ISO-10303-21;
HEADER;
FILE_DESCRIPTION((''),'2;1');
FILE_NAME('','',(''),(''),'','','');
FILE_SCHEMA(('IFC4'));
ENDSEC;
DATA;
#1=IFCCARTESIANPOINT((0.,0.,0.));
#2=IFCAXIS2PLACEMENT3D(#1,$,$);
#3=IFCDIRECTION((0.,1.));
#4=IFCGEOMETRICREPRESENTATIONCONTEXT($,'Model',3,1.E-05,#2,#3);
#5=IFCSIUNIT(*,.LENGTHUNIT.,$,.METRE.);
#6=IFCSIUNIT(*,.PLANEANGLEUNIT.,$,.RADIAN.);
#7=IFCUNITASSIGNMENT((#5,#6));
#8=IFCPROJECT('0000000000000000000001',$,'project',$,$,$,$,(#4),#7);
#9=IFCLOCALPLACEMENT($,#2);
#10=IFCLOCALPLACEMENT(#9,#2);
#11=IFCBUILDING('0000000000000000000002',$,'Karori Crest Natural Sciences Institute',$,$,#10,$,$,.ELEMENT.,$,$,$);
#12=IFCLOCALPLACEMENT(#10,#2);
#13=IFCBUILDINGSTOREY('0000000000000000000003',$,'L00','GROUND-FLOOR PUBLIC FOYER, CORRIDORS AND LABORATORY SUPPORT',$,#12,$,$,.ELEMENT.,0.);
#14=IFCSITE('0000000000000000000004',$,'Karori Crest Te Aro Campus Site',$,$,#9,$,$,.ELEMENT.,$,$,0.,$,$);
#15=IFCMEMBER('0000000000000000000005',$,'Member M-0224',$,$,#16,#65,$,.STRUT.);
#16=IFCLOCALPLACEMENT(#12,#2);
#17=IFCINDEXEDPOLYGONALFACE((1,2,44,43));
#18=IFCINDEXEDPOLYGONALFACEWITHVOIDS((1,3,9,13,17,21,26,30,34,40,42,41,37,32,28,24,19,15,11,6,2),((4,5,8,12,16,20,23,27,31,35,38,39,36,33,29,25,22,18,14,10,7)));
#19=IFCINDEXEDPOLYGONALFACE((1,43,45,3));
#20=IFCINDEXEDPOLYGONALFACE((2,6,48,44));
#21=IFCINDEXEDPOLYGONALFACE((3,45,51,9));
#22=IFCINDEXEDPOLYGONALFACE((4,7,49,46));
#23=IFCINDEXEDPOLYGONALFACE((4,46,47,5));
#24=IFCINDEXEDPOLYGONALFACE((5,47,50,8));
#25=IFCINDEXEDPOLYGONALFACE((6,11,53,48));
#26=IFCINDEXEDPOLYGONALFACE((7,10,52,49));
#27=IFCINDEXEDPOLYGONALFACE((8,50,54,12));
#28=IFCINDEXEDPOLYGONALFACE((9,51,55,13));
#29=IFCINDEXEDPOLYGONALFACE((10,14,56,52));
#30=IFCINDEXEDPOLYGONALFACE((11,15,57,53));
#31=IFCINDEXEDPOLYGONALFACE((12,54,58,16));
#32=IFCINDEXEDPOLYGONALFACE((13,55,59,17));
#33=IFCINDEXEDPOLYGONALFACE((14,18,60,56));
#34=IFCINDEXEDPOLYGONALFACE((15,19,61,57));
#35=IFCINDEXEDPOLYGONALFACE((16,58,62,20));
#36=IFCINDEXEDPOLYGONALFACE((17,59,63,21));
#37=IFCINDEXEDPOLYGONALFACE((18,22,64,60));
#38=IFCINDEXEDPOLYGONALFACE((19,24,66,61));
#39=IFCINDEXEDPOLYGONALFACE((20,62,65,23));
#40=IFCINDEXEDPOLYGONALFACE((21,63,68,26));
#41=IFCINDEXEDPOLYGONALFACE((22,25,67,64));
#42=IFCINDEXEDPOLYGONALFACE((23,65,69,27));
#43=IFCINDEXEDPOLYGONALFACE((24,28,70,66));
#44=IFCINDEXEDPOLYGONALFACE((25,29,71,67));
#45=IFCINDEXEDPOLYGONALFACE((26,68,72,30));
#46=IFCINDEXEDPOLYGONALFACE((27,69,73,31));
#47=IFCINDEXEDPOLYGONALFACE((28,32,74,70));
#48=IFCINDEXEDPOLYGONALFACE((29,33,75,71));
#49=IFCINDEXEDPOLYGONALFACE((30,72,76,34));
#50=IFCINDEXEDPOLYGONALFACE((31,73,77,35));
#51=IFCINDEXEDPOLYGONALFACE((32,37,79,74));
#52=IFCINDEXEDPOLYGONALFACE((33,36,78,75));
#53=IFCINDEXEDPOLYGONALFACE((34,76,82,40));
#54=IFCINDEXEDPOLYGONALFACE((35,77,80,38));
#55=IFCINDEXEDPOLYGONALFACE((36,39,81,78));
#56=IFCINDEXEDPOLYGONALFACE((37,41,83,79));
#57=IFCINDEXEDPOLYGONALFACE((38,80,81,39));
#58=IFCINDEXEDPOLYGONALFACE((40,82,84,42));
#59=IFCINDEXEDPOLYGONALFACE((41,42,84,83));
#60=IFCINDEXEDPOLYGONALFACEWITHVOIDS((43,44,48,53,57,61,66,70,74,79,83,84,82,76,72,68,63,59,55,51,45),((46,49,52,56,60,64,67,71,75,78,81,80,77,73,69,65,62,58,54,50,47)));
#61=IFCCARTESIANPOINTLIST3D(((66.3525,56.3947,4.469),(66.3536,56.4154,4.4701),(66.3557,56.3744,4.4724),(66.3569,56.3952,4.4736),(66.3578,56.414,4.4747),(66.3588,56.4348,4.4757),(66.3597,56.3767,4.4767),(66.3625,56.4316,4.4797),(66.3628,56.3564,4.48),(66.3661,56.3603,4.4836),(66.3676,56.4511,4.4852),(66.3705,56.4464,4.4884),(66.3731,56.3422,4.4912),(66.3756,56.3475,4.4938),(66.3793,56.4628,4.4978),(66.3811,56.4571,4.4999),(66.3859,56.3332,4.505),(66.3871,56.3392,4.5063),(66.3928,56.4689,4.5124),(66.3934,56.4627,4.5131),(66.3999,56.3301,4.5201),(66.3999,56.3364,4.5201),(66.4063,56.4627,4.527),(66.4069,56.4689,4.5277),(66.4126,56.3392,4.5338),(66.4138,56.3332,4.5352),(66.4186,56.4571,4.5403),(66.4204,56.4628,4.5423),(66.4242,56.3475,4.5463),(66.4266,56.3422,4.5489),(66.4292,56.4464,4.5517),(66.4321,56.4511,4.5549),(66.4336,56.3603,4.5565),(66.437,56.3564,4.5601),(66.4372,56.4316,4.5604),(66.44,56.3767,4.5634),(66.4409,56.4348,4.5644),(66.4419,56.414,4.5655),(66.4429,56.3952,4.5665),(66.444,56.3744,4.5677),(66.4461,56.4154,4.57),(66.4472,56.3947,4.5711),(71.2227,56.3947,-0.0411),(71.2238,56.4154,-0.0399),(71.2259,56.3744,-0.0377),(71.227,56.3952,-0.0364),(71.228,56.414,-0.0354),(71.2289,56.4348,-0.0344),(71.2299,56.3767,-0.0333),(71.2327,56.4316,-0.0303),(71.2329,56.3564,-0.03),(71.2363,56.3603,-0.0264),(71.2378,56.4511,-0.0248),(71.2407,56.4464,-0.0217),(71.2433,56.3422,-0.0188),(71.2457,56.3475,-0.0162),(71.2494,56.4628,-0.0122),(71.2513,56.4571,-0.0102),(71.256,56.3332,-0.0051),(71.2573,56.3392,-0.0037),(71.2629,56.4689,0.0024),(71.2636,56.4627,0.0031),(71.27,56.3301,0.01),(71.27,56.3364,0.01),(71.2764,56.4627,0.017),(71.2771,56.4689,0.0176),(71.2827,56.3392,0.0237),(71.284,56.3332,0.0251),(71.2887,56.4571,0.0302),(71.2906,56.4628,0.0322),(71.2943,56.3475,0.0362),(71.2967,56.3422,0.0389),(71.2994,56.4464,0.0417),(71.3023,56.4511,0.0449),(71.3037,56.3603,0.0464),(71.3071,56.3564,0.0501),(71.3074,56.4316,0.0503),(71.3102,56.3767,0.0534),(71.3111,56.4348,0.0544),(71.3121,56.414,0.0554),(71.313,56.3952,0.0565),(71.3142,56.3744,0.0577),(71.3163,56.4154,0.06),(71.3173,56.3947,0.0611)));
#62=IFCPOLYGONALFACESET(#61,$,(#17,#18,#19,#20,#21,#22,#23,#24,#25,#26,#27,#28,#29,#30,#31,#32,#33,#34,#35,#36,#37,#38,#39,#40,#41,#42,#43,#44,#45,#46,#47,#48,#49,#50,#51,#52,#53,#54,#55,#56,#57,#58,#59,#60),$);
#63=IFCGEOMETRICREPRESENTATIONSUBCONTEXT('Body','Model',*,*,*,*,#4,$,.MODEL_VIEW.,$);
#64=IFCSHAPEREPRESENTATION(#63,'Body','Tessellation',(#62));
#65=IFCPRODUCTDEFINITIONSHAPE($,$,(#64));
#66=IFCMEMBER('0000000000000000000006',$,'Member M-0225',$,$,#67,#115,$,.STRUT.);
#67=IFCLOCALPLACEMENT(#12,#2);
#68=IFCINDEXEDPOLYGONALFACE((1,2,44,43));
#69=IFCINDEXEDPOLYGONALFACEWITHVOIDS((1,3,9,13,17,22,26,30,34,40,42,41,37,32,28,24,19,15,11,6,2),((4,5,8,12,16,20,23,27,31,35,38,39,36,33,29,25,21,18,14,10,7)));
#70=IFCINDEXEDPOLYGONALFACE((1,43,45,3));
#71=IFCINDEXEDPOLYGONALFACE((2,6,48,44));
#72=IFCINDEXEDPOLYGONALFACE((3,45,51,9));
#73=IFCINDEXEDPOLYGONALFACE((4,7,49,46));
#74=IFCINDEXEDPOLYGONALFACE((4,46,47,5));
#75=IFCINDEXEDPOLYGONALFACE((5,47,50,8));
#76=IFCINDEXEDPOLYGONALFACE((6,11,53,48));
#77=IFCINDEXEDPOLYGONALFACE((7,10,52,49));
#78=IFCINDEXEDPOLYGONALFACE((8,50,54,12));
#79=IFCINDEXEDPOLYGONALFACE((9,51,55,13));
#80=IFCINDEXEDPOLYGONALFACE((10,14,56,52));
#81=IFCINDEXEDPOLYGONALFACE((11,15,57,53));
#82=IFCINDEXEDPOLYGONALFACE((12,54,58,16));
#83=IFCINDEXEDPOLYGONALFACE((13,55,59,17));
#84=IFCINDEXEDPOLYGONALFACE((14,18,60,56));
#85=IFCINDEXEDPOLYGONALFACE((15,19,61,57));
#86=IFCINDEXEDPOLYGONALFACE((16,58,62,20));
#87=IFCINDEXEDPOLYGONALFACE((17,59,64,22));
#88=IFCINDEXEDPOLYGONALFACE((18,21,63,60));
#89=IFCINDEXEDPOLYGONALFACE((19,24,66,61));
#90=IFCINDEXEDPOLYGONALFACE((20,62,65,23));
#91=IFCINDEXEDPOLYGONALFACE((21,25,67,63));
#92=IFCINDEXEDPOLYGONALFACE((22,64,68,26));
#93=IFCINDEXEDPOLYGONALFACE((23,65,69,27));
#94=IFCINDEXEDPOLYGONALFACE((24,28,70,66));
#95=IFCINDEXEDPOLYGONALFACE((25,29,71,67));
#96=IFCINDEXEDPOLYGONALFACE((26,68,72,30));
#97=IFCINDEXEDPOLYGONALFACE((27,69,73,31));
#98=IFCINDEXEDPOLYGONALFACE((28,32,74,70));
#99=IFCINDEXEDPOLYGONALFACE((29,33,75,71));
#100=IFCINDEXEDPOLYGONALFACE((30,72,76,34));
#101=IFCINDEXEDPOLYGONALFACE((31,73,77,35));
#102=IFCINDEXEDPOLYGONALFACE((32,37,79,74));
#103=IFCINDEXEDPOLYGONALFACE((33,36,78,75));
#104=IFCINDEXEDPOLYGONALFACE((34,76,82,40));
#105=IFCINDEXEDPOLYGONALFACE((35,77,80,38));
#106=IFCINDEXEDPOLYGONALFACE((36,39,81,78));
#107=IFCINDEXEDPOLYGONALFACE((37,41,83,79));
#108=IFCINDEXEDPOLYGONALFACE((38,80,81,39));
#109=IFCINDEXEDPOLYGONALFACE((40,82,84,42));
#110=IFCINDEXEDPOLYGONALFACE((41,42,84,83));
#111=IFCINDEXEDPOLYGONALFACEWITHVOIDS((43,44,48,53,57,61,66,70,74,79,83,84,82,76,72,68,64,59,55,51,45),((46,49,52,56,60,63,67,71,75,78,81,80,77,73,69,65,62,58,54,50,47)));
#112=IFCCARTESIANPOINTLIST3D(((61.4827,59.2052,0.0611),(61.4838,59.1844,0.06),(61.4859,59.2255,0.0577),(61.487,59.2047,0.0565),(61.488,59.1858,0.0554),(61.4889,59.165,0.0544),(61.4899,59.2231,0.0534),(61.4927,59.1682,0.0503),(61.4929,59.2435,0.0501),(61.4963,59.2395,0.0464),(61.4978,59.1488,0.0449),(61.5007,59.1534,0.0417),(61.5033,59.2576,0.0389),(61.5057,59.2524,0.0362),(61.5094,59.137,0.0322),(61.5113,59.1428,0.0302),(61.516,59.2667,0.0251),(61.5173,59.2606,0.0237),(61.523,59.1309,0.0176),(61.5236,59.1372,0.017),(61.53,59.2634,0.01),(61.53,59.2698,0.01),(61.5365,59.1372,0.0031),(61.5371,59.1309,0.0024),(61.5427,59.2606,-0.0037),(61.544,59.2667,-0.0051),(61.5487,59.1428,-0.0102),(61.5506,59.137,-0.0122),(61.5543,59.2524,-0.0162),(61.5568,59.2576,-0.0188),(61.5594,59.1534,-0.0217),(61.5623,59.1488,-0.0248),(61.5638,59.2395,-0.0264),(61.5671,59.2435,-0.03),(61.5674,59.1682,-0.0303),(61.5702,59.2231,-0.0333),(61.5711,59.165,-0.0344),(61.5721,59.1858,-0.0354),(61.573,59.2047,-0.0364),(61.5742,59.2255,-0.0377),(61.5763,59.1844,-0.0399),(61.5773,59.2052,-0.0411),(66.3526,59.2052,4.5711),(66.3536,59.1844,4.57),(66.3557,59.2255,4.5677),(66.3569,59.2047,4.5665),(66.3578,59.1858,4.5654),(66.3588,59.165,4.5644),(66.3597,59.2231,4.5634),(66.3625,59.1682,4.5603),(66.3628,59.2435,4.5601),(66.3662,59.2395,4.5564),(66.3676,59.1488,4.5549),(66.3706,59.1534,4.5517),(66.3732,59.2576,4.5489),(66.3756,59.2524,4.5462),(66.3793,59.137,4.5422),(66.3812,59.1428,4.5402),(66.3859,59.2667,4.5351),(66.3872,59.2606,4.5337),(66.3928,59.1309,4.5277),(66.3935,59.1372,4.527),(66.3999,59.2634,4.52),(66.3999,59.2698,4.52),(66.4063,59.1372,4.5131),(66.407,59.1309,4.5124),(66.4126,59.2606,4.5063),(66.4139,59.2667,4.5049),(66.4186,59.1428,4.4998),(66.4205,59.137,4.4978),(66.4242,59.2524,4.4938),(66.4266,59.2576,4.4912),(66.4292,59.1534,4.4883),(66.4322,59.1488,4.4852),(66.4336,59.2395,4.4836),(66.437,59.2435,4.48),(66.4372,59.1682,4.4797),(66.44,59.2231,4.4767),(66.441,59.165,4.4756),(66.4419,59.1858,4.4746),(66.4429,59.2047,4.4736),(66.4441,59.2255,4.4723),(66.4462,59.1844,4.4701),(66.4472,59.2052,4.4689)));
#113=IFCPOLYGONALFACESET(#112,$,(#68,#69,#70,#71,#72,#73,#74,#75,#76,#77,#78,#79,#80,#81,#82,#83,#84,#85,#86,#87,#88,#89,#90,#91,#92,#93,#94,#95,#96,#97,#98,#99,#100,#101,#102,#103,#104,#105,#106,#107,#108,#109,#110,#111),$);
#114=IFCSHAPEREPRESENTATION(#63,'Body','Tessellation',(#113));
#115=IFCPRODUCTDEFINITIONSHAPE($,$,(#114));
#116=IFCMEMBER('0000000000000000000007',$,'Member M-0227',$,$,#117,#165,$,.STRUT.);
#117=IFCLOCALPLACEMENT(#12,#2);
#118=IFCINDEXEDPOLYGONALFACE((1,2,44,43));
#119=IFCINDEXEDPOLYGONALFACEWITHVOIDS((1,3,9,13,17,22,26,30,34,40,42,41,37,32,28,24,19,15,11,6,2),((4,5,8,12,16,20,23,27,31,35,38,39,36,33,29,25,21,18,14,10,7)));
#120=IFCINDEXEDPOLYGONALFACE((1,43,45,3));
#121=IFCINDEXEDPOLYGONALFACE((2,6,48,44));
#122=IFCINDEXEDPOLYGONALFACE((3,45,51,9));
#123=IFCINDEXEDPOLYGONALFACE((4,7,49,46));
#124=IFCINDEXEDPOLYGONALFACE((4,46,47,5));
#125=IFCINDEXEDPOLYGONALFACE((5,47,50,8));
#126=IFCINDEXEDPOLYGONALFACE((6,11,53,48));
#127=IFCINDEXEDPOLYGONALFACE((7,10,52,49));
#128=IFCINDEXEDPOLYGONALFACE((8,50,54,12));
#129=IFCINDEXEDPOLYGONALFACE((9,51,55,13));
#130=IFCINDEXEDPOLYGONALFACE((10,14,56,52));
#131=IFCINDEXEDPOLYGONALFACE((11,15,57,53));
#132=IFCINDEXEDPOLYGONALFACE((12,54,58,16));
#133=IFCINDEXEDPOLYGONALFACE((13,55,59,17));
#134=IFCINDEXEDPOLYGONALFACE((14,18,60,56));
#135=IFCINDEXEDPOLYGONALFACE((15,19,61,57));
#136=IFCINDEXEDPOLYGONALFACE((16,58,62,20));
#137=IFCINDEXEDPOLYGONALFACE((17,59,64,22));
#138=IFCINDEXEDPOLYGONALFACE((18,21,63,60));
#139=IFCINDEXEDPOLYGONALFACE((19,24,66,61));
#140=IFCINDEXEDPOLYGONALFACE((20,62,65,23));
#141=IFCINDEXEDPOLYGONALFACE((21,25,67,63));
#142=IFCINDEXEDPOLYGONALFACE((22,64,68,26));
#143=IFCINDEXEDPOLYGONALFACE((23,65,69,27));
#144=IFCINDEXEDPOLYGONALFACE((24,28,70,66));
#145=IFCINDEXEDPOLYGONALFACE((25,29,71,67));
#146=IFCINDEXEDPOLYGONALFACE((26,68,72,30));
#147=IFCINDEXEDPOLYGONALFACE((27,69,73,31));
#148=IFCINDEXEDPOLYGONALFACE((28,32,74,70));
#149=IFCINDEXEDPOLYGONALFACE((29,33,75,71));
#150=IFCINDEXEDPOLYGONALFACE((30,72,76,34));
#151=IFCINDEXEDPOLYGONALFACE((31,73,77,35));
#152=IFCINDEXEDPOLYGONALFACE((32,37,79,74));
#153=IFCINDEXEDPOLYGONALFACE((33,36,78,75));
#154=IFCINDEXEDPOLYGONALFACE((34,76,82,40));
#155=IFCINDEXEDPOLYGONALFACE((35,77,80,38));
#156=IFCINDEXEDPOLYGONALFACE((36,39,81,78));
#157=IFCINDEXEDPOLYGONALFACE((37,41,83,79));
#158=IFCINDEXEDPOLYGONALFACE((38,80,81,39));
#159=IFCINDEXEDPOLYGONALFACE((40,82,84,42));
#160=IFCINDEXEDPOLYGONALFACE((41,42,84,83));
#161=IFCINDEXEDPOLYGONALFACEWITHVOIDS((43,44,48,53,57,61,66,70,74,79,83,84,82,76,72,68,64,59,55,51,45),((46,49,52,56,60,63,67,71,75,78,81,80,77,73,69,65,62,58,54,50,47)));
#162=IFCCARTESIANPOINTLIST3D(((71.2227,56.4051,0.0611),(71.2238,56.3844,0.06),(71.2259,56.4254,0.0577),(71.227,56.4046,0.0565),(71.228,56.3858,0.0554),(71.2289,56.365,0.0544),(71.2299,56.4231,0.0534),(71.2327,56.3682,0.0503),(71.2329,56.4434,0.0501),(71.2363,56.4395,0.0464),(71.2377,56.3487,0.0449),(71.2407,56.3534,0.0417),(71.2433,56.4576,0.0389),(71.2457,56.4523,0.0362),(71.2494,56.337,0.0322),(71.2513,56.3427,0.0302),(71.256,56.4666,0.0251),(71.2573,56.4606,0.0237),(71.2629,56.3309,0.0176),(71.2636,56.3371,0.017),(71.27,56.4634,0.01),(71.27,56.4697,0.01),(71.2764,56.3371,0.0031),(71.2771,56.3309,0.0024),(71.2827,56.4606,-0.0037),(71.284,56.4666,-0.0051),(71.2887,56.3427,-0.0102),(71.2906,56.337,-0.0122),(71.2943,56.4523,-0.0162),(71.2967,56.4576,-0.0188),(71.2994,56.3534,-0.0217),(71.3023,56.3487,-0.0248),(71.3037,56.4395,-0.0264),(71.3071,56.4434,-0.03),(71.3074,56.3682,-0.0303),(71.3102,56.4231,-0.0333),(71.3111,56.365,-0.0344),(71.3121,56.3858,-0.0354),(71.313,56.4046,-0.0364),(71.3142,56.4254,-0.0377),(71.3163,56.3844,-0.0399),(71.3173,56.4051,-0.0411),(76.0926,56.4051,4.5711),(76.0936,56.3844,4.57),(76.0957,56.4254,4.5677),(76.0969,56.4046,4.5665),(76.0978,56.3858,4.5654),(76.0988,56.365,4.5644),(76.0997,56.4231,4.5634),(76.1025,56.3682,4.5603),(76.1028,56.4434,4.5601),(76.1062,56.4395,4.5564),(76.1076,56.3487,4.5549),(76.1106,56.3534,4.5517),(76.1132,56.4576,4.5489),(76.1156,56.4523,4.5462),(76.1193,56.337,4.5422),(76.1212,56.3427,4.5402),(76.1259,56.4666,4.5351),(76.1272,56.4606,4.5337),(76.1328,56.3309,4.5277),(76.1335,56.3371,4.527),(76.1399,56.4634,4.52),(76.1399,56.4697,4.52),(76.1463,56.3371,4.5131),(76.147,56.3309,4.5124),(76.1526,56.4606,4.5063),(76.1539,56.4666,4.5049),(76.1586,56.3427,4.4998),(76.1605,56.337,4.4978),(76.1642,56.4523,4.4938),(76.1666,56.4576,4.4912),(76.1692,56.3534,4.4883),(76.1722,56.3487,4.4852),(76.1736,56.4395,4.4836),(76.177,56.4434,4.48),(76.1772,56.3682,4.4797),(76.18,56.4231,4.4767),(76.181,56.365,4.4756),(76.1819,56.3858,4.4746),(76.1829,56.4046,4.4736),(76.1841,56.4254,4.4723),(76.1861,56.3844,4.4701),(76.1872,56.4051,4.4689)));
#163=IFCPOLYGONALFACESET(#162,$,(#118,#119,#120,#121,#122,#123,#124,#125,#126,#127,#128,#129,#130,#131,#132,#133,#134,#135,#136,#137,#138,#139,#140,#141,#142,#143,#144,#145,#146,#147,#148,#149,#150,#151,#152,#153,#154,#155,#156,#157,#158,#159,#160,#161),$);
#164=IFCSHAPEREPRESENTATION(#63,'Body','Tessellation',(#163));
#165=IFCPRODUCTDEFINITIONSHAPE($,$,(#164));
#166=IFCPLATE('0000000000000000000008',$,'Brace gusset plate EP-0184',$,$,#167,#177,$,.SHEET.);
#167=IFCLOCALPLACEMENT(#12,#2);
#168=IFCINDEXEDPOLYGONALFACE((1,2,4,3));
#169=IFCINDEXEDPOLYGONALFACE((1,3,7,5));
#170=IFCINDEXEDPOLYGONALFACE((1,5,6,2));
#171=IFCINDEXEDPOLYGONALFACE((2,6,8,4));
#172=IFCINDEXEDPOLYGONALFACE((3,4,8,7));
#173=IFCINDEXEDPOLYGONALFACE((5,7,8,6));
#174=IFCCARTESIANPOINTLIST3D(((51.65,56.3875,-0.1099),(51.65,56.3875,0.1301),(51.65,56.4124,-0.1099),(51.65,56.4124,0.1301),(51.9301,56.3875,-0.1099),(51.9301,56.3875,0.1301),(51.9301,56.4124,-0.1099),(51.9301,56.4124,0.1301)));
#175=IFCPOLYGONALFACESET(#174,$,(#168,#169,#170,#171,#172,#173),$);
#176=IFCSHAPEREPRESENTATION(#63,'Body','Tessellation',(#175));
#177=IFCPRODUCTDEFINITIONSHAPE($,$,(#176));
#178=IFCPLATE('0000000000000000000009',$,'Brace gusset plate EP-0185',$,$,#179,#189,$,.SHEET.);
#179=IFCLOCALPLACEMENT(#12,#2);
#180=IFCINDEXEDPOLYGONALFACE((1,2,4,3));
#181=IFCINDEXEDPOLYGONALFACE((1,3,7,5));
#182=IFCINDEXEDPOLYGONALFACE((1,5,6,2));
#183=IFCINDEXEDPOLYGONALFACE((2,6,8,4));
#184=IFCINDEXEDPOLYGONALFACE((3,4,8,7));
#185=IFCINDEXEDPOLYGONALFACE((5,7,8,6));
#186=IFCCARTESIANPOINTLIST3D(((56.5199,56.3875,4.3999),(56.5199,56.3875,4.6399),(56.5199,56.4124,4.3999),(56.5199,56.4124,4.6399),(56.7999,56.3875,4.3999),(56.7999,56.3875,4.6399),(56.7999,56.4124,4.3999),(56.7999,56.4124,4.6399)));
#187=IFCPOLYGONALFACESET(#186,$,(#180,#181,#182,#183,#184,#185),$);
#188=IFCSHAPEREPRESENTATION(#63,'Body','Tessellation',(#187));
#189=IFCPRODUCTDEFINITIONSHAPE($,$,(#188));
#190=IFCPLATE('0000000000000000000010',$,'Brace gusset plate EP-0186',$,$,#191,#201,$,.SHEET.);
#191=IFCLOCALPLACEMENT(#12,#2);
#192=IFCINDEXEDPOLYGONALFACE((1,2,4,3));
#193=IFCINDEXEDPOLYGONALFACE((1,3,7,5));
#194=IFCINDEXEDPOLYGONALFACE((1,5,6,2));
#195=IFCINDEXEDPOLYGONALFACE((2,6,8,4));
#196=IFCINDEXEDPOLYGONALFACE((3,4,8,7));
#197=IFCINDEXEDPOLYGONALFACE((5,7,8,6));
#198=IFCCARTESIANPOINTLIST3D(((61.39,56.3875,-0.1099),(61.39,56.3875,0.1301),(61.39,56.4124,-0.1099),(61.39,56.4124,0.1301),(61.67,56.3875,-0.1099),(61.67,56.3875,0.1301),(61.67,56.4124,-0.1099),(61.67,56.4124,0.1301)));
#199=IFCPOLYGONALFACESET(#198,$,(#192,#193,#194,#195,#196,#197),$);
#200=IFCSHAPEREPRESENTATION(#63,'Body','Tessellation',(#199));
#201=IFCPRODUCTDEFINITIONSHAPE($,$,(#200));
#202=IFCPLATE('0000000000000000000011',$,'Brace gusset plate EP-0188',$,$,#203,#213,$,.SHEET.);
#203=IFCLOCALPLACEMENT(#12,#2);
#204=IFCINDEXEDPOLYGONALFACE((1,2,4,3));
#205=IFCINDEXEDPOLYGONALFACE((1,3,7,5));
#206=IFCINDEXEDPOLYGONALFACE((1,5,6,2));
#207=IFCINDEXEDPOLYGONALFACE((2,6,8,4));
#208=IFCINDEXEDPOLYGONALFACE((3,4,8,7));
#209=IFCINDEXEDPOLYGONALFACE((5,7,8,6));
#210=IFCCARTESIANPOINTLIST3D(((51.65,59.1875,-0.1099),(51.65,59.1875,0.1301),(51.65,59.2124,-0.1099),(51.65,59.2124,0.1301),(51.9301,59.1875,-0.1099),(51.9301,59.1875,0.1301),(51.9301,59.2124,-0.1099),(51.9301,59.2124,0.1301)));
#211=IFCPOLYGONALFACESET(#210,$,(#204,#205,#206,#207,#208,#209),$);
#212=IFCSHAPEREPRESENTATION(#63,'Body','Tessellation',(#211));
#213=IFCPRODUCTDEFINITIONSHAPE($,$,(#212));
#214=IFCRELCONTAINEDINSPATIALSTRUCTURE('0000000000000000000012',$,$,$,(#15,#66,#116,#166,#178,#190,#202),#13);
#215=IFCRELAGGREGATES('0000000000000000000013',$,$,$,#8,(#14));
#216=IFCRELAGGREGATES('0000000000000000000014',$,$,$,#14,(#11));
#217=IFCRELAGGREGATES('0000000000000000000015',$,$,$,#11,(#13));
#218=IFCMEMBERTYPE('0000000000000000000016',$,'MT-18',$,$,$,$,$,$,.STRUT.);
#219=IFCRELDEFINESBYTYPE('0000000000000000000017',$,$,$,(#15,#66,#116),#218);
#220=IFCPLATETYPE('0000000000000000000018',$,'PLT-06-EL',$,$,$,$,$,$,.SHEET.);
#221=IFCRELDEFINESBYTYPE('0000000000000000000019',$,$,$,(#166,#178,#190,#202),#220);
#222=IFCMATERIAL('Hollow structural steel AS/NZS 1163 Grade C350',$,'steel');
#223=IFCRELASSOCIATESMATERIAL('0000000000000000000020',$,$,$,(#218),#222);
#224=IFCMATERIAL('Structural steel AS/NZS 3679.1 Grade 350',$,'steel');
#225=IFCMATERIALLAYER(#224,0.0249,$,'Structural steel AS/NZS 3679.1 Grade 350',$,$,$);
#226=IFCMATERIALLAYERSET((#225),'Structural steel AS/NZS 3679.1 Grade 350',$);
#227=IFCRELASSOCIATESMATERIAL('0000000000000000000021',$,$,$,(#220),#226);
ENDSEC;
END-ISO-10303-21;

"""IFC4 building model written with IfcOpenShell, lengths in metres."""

from ifc_helpers import new_model, si_unit, direction, frame, origin, origin_2d, place, context, subcontext, project, spatial, rectangle, hollow_circle, extrude, material, layer, layer_set, material_profile, profile_set, type_object, element, save


model = new_model("IFC4")

# Units and contexts
model_context = context("Model", 3, precision=1e-05, world=origin(), true_north=direction((0.0, 1.0)))
body_context = subcontext(model_context, "Body", "Model", "MODEL_VIEW")
ifc_project = project(units=[si_unit("LENGTHUNIT", "METRE"), si_unit("PLANEANGLEUNIT", "RADIAN")], contexts=[model_context])

# Site, building, storey
site_placement = place(None, origin())
site = spatial("IfcSite", under=ifc_project, at=site_placement, Name="Karori Crest Te Aro Campus Site", CompositionType="ELEMENT", RefElevation=0.0)
building_placement = place(site_placement, origin())
building = spatial("IfcBuilding", under=site, at=building_placement, Name="Karori Crest Natural Sciences Institute", CompositionType="ELEMENT")
storey_placement = place(building_placement, origin())
storey = spatial("IfcBuildingStorey", under=building, at=storey_placement, Name="L00", Description="GROUND-FLOOR PUBLIC FOYER, CORRIDORS AND LABORATORY SUPPORT", CompositionType="ELEMENT", Elevation=0.0)

# Shared definitions
ifc_material_1 = material(Name="Hollow structural steel AS/NZS 1163 Grade C350", Category="steel")

# Shared definitions
ifc_material_2 = material(Name="Structural steel AS/NZS 3679.1 Grade 350", Category="steel")

# Members
ifc_material_profile_1 = material_profile(ifc_material_1, hollow_circle(Radius=0.0698, WallThickness=0.0063, at=origin_2d()), Name="CHS139.7x6.4")
ifc_profile_set_1 = profile_set([ifc_material_profile_1], Name="Hollow structural steel AS/NZS 1163 Grade C350")
member_type = type_object("IfcMemberType", Name="MT-18", PredefinedType="STRUT", material=ifc_profile_set_1)
member_1_placement = place(storey_placement, frame((71.27, 56.3999, 0.01), z_axis=(-0.733712, 0.0, 0.67946), x_axis=(0.0, -1.0, 0.0)))
element("IfcMember", 1, at=member_1_placement, inside=storey, type_object=member_type, Name="Member M-0224", PredefinedType="STRUT", context=body_context, shape_type="SweptSolid", body=[
    extrude(hollow_circle(Radius=0.0698, WallThickness=0.0063, at=origin_2d()), origin(), (0.0, 0.0, 1.0), 6.6377),
])
for number, where, z_axis, x_axis, name in (
    (2, (61.53, 59.2, 0.01), (0.733695, 0.0, 0.679478), (0.0, 1.0, 0.0), "Member M-0225"),
    (3, (71.27, 56.3999, 0.01), (0.733695, 0.0, 0.679478), (0.0, 1.0, 0.0), "Member M-0227"),
):
    element("IfcMember", number, at=place(storey_placement, frame(where, z_axis=z_axis, x_axis=x_axis)), inside=storey, type_object=member_type, Name=name, PredefinedType="STRUT", context=body_context, shape_type="SweptSolid", body=[
        extrude(hollow_circle(Radius=0.0698, WallThickness=0.0063, at=origin_2d()), origin(), (0.0, 0.0, 1.0), 6.6375),
    ])

# Plates
ifc_layer = layer(ifc_material_2, 0.0249, Name="Structural steel AS/NZS 3679.1 Grade 350")
ifc_layer_set = layer_set([ifc_layer], Name="Structural steel AS/NZS 3679.1 Grade 350")
plate_type = type_object("IfcPlateType", Name="PLT-06-EL", PredefinedType="SHEET", material=ifc_layer_set)
for number, where, z_axis, x_axis, name in (
    (4, (51.79, 56.3999, -0.1099), (0.0, 0.0, 1.0), (1.0, 0.0, 0.0), "Brace gusset plate EP-0184"),
    (5, (56.6599, 56.3999, 4.3999), (0.0, 0.0, 1.0), (1.0, 0.0, 0.0), "Brace gusset plate EP-0185"),
    (6, (61.53, 56.3999, -0.1099), (0.0, 0.0, 1.0), (1.0, 0.0, 0.0), "Brace gusset plate EP-0186"),
    (7, (51.79, 59.2, -0.1099), (0.0, 0.0, 1.0), (1.0, 0.0, 0.0), "Brace gusset plate EP-0188"),
):
    element("IfcPlate", number, at=place(storey_placement, frame(where, z_axis=z_axis, x_axis=x_axis)), inside=storey, type_object=plate_type, Name=name, PredefinedType="SHEET", context=body_context, shape_type="SweptSolid", body=[
        extrude(rectangle(XDim=0.28, YDim=0.0249, at=origin_2d()), origin(), (0.0, 0.0, 1.0), 0.24),
    ])

save(model, "model.ifc")
